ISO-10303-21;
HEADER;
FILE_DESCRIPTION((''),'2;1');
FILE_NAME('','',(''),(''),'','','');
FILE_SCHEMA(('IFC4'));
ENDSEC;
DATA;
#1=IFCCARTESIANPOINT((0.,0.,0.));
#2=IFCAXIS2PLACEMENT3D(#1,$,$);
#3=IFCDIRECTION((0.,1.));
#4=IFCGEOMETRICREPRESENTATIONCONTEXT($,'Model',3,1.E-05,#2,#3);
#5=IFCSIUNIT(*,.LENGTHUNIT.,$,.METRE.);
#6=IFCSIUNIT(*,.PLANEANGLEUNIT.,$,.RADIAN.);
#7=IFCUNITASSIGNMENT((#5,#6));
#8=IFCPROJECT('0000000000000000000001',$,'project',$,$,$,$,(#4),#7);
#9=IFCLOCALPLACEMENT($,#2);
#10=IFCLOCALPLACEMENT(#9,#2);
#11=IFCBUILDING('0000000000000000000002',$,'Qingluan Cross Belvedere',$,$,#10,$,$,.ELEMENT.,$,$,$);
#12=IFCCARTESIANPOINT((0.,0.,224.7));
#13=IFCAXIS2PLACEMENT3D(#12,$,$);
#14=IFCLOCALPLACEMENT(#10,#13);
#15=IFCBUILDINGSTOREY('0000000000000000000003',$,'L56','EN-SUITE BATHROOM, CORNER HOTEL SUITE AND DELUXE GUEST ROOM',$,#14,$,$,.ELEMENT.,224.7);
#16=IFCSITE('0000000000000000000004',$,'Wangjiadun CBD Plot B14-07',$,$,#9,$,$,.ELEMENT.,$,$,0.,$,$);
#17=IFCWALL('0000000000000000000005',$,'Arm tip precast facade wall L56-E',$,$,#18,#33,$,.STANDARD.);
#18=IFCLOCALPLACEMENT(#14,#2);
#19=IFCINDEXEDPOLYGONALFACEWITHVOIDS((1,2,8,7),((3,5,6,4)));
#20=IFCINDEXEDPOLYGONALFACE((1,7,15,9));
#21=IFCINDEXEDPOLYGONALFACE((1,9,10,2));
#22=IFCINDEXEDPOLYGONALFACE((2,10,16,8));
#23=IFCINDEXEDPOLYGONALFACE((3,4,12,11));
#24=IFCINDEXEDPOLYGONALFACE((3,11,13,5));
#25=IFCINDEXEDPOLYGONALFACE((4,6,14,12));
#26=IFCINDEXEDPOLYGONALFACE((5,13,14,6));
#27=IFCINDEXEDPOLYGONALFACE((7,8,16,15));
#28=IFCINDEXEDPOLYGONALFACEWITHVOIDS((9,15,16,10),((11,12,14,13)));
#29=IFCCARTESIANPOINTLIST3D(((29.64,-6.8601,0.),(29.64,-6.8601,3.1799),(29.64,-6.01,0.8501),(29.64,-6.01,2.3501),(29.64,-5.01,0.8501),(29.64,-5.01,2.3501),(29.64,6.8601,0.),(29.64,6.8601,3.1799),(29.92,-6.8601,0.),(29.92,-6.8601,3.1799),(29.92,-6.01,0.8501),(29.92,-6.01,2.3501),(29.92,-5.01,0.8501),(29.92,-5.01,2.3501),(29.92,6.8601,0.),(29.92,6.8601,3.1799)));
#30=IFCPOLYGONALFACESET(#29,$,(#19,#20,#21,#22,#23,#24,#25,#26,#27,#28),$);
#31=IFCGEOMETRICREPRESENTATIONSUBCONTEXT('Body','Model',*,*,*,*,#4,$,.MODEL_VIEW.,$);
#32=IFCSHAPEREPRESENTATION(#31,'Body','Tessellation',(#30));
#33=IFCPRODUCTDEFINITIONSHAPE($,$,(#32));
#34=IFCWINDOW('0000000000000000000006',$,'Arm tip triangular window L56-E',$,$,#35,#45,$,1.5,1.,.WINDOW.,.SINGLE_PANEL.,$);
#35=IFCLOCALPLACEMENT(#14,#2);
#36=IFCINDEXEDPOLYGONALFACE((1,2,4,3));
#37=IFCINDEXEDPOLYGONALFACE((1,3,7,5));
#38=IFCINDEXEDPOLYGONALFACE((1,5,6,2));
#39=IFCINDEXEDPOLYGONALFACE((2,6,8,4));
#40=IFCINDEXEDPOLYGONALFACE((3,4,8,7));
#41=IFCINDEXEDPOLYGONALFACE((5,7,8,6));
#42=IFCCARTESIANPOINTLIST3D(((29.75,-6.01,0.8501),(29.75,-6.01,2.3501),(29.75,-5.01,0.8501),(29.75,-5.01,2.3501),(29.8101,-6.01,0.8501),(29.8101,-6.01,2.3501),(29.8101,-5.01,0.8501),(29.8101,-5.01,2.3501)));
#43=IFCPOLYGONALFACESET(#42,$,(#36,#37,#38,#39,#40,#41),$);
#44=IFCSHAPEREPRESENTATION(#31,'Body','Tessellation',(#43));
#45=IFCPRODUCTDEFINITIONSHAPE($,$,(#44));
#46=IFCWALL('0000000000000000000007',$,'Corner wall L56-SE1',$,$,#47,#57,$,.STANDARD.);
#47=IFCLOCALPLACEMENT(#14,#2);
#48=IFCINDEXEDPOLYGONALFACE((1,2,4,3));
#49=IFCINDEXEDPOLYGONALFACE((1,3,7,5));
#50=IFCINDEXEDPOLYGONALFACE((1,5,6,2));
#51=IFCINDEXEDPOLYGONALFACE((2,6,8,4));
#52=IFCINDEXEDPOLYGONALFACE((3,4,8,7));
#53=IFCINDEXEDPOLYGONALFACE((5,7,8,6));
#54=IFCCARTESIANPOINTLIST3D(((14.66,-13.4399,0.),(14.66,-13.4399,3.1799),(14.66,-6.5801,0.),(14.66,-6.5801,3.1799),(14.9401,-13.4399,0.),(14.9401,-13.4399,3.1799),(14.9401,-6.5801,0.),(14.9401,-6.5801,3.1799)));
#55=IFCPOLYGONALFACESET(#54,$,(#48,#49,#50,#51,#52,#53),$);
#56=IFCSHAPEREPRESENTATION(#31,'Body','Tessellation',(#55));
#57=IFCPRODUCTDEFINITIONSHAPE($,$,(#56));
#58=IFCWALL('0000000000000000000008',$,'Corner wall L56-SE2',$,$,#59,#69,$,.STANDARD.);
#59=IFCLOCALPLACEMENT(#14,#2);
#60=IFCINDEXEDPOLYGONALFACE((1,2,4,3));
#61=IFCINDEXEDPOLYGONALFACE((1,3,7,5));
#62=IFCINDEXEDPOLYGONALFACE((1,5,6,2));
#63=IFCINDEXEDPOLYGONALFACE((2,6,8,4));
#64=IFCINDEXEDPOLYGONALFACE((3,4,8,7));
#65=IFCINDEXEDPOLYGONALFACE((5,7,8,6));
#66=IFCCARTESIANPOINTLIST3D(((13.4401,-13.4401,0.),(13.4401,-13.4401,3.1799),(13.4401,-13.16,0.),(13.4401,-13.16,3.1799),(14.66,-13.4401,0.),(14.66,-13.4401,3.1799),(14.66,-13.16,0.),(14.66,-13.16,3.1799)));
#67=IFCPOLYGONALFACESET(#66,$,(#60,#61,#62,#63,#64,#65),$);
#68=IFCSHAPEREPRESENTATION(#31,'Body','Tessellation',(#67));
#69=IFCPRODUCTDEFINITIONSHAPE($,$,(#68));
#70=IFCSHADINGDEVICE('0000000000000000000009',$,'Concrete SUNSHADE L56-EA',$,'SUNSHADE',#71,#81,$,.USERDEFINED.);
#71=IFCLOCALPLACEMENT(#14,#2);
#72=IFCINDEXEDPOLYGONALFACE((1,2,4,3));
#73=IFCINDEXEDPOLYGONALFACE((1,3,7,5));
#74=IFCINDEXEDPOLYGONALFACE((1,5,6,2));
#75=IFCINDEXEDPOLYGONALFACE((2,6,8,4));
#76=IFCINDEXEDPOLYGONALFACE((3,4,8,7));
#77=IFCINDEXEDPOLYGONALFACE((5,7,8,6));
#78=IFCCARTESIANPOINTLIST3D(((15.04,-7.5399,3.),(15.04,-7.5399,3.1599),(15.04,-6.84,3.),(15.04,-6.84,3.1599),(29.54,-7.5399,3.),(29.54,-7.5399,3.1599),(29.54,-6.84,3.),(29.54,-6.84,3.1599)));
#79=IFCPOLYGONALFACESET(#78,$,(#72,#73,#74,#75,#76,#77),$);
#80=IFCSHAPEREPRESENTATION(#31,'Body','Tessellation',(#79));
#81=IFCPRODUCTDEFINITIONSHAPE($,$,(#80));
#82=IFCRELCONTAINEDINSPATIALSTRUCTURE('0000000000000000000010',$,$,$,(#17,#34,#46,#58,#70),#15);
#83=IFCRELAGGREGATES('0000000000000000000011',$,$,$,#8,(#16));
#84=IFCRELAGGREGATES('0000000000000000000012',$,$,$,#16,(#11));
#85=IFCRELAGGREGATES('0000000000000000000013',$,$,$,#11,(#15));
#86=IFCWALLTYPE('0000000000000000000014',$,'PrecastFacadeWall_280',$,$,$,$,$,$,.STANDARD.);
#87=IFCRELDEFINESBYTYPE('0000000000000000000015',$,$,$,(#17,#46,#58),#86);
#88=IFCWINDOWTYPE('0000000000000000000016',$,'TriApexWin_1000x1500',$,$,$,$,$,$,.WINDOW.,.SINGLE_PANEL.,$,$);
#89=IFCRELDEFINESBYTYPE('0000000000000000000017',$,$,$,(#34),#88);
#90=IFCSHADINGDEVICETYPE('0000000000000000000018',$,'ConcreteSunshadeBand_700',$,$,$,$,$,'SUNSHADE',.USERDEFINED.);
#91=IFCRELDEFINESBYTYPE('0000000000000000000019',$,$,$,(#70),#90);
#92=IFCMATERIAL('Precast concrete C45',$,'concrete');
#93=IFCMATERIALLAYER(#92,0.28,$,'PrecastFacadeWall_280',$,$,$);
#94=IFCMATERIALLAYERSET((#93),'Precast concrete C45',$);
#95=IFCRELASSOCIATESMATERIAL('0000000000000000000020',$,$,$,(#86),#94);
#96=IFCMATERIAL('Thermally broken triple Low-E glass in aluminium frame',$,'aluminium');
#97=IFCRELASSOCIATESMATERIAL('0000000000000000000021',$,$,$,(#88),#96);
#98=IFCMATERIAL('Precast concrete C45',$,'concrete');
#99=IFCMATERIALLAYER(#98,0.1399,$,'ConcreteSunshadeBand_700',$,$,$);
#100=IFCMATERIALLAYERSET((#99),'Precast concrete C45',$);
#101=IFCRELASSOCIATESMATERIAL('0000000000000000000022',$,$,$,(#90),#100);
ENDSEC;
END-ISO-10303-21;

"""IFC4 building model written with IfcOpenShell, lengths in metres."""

from ifc_helpers import new_model, si_unit, direction, frame, frame_2d, origin, origin_2d, place, context, subcontext, project, spatial, rectangle, extrude, material, layer, layer_set, type_object, element, fill, save


model = new_model("IFC4")

# Units and contexts
model_context = context("Model", 3, precision=1e-05, world=origin(), true_north=direction((0.0, 1.0)))
body_context = subcontext(model_context, "Body", "Model", "MODEL_VIEW")
ifc_project = project(units=[si_unit("LENGTHUNIT", "METRE"), si_unit("PLANEANGLEUNIT", "RADIAN")], contexts=[model_context])

# Site, building, storey
site_placement = place(None, origin())
site = spatial("IfcSite", under=ifc_project, at=site_placement, Name="Wangjiadun CBD Plot B14-07", CompositionType="ELEMENT", RefElevation=0.0)
building_placement = place(site_placement, origin())
building = spatial("IfcBuilding", under=site, at=building_placement, Name="Qingluan Cross Belvedere", CompositionType="ELEMENT")
storey_placement = place(building_placement, frame((0.0, 0.0, 224.7)))
storey = spatial("IfcBuildingStorey", under=building, at=storey_placement, Name="L56", Description="EN-SUITE BATHROOM, CORNER HOTEL SUITE AND DELUXE GUEST ROOM", CompositionType="ELEMENT", Elevation=224.7)

# Shared definitions
ifc_material_1 = material(Name="Precast concrete C45", Category="concrete")
ifc_layer_1 = layer(ifc_material_1, 0.28, Name="PrecastFacadeWall_280")
ifc_layer_set_1 = layer_set([ifc_layer_1], Name="Precast concrete C45")
wall_type_1 = type_object("IfcWallType", Name="PrecastFacadeWall_280", PredefinedType="STANDARD", material=ifc_layer_set_1)

# Wall, opening, window
wall_1_placement = place(storey_placement, frame((29.78, -6.8601, 0.0), z_axis=(0.0, 0.0, 1.0), x_axis=(0.0, 1.0, 0.0)))
wall_1 = element("IfcWall", 1, at=wall_1_placement, inside=storey, type_object=wall_type_1, Name="Arm tip precast facade wall L56-E", PredefinedType="STANDARD", context=body_context, shape_type="SweptSolid", body=[
    extrude(rectangle(XDim=13.7202, YDim=0.28, at=frame_2d((6.8601, 0.0))), origin(), (0.0, 0.0, 1.0), 3.1799),
])
opening_1_placement = place(wall_1_placement, frame((0.8501, 0.0, 0.8501)))
opening_1 = element("IfcOpeningElement", 2, at=opening_1_placement, cuts=wall_1, PredefinedType="OPENING", context=body_context, shape_type="SweptSolid", body=[
    extrude(rectangle(XDim=1.0, YDim=1.5, at=frame_2d((0.5, 0.75))), frame((0.0, 0.1499, 0.0), z_axis=(0.0, -1.0, 0.0), x_axis=(1.0, 0.0, 0.0)), (0.0, 0.0, 1.0), 0.3),
])
ifc_material_2 = material(Name="Thermally broken triple Low-E glass in aluminium frame", Category="aluminium")
window_type_1 = type_object("IfcWindowType", Name="TriApexWin_1000x1500", PartitioningType="SINGLE_PANEL", PredefinedType="WINDOW", material=ifc_material_2)
window_1_placement = place(opening_1_placement, origin())
window_1 = element("IfcWindow", 3, at=window_1_placement, inside=storey, type_object=window_type_1, Name="Arm tip triangular window L56-E", OverallHeight=1.5, OverallWidth=1.0, PartitioningType="SINGLE_PANEL", PredefinedType="WINDOW", context=body_context, shape_type="SweptSolid", body=[
    extrude(rectangle(XDim=1.0, YDim=1.5, at=frame_2d((0.5, 0.75))), frame((0.0, 0.03, 0.0), z_axis=(0.0, -1.0, 0.0), x_axis=(1.0, 0.0, 0.0)), (0.0, 0.0, 1.0), 0.0601),
])
fill(opening_1, window_1)

# Walls
wall_2_placement = place(storey_placement, frame((14.8, -6.5801, 0.0), z_axis=(0.0, 0.0, 1.0), x_axis=(0.0, -1.0, 0.0)))
element("IfcWall", 4, at=wall_2_placement, inside=storey, type_object=wall_type_1, Name="Corner wall L56-SE1", PredefinedType="STANDARD", context=body_context, shape_type="SweptSolid", body=[
    extrude(rectangle(XDim=6.8599, YDim=0.28, at=frame_2d((3.4299, 0.0))), origin(), (0.0, 0.0, 1.0), 3.1799),
])
wall_3_placement = place(storey_placement, frame((14.6599, -13.3, 0.0), z_axis=(0.0, 0.0, 1.0), x_axis=(-1.0, 0.0, 0.0)))
element("IfcWall", 5, at=wall_3_placement, inside=storey, type_object=wall_type_1, Name="Corner wall L56-SE2", PredefinedType="STANDARD", context=body_context, shape_type="SweptSolid", body=[
    extrude(rectangle(XDim=1.22, YDim=0.28, at=frame_2d((0.6099, 0.0))), origin(), (0.0, 0.0, 1.0), 3.1799),
])

# Shading device
ifc_material_3 = material(Name="Precast concrete C45", Category="concrete")
ifc_layer_2 = layer(ifc_material_3, 0.1399, Name="ConcreteSunshadeBand_700")
ifc_layer_set_2 = layer_set([ifc_layer_2], Name="Precast concrete C45")
shading_device_type = type_object("IfcShadingDeviceType", Name="ConcreteSunshadeBand_700", ElementType="SUNSHADE", PredefinedType="USERDEFINED", material=ifc_layer_set_2)
shading_device_placement = place(storey_placement, frame((22.29, -7.1899, 3.0), z_axis=(0.0, 0.0, 1.0), x_axis=(1.0, 0.0, 0.0)))
element("IfcShadingDevice", 6, at=shading_device_placement, inside=storey, type_object=shading_device_type, Name="Concrete SUNSHADE L56-EA", ObjectType="SUNSHADE", PredefinedType="USERDEFINED", context=body_context, shape_type="SweptSolid", body=[
    extrude(rectangle(XDim=14.5, YDim=0.7, at=origin_2d()), origin(), (0.0, 0.0, 1.0), 0.1599),
])

save(model, "model.ifc")
